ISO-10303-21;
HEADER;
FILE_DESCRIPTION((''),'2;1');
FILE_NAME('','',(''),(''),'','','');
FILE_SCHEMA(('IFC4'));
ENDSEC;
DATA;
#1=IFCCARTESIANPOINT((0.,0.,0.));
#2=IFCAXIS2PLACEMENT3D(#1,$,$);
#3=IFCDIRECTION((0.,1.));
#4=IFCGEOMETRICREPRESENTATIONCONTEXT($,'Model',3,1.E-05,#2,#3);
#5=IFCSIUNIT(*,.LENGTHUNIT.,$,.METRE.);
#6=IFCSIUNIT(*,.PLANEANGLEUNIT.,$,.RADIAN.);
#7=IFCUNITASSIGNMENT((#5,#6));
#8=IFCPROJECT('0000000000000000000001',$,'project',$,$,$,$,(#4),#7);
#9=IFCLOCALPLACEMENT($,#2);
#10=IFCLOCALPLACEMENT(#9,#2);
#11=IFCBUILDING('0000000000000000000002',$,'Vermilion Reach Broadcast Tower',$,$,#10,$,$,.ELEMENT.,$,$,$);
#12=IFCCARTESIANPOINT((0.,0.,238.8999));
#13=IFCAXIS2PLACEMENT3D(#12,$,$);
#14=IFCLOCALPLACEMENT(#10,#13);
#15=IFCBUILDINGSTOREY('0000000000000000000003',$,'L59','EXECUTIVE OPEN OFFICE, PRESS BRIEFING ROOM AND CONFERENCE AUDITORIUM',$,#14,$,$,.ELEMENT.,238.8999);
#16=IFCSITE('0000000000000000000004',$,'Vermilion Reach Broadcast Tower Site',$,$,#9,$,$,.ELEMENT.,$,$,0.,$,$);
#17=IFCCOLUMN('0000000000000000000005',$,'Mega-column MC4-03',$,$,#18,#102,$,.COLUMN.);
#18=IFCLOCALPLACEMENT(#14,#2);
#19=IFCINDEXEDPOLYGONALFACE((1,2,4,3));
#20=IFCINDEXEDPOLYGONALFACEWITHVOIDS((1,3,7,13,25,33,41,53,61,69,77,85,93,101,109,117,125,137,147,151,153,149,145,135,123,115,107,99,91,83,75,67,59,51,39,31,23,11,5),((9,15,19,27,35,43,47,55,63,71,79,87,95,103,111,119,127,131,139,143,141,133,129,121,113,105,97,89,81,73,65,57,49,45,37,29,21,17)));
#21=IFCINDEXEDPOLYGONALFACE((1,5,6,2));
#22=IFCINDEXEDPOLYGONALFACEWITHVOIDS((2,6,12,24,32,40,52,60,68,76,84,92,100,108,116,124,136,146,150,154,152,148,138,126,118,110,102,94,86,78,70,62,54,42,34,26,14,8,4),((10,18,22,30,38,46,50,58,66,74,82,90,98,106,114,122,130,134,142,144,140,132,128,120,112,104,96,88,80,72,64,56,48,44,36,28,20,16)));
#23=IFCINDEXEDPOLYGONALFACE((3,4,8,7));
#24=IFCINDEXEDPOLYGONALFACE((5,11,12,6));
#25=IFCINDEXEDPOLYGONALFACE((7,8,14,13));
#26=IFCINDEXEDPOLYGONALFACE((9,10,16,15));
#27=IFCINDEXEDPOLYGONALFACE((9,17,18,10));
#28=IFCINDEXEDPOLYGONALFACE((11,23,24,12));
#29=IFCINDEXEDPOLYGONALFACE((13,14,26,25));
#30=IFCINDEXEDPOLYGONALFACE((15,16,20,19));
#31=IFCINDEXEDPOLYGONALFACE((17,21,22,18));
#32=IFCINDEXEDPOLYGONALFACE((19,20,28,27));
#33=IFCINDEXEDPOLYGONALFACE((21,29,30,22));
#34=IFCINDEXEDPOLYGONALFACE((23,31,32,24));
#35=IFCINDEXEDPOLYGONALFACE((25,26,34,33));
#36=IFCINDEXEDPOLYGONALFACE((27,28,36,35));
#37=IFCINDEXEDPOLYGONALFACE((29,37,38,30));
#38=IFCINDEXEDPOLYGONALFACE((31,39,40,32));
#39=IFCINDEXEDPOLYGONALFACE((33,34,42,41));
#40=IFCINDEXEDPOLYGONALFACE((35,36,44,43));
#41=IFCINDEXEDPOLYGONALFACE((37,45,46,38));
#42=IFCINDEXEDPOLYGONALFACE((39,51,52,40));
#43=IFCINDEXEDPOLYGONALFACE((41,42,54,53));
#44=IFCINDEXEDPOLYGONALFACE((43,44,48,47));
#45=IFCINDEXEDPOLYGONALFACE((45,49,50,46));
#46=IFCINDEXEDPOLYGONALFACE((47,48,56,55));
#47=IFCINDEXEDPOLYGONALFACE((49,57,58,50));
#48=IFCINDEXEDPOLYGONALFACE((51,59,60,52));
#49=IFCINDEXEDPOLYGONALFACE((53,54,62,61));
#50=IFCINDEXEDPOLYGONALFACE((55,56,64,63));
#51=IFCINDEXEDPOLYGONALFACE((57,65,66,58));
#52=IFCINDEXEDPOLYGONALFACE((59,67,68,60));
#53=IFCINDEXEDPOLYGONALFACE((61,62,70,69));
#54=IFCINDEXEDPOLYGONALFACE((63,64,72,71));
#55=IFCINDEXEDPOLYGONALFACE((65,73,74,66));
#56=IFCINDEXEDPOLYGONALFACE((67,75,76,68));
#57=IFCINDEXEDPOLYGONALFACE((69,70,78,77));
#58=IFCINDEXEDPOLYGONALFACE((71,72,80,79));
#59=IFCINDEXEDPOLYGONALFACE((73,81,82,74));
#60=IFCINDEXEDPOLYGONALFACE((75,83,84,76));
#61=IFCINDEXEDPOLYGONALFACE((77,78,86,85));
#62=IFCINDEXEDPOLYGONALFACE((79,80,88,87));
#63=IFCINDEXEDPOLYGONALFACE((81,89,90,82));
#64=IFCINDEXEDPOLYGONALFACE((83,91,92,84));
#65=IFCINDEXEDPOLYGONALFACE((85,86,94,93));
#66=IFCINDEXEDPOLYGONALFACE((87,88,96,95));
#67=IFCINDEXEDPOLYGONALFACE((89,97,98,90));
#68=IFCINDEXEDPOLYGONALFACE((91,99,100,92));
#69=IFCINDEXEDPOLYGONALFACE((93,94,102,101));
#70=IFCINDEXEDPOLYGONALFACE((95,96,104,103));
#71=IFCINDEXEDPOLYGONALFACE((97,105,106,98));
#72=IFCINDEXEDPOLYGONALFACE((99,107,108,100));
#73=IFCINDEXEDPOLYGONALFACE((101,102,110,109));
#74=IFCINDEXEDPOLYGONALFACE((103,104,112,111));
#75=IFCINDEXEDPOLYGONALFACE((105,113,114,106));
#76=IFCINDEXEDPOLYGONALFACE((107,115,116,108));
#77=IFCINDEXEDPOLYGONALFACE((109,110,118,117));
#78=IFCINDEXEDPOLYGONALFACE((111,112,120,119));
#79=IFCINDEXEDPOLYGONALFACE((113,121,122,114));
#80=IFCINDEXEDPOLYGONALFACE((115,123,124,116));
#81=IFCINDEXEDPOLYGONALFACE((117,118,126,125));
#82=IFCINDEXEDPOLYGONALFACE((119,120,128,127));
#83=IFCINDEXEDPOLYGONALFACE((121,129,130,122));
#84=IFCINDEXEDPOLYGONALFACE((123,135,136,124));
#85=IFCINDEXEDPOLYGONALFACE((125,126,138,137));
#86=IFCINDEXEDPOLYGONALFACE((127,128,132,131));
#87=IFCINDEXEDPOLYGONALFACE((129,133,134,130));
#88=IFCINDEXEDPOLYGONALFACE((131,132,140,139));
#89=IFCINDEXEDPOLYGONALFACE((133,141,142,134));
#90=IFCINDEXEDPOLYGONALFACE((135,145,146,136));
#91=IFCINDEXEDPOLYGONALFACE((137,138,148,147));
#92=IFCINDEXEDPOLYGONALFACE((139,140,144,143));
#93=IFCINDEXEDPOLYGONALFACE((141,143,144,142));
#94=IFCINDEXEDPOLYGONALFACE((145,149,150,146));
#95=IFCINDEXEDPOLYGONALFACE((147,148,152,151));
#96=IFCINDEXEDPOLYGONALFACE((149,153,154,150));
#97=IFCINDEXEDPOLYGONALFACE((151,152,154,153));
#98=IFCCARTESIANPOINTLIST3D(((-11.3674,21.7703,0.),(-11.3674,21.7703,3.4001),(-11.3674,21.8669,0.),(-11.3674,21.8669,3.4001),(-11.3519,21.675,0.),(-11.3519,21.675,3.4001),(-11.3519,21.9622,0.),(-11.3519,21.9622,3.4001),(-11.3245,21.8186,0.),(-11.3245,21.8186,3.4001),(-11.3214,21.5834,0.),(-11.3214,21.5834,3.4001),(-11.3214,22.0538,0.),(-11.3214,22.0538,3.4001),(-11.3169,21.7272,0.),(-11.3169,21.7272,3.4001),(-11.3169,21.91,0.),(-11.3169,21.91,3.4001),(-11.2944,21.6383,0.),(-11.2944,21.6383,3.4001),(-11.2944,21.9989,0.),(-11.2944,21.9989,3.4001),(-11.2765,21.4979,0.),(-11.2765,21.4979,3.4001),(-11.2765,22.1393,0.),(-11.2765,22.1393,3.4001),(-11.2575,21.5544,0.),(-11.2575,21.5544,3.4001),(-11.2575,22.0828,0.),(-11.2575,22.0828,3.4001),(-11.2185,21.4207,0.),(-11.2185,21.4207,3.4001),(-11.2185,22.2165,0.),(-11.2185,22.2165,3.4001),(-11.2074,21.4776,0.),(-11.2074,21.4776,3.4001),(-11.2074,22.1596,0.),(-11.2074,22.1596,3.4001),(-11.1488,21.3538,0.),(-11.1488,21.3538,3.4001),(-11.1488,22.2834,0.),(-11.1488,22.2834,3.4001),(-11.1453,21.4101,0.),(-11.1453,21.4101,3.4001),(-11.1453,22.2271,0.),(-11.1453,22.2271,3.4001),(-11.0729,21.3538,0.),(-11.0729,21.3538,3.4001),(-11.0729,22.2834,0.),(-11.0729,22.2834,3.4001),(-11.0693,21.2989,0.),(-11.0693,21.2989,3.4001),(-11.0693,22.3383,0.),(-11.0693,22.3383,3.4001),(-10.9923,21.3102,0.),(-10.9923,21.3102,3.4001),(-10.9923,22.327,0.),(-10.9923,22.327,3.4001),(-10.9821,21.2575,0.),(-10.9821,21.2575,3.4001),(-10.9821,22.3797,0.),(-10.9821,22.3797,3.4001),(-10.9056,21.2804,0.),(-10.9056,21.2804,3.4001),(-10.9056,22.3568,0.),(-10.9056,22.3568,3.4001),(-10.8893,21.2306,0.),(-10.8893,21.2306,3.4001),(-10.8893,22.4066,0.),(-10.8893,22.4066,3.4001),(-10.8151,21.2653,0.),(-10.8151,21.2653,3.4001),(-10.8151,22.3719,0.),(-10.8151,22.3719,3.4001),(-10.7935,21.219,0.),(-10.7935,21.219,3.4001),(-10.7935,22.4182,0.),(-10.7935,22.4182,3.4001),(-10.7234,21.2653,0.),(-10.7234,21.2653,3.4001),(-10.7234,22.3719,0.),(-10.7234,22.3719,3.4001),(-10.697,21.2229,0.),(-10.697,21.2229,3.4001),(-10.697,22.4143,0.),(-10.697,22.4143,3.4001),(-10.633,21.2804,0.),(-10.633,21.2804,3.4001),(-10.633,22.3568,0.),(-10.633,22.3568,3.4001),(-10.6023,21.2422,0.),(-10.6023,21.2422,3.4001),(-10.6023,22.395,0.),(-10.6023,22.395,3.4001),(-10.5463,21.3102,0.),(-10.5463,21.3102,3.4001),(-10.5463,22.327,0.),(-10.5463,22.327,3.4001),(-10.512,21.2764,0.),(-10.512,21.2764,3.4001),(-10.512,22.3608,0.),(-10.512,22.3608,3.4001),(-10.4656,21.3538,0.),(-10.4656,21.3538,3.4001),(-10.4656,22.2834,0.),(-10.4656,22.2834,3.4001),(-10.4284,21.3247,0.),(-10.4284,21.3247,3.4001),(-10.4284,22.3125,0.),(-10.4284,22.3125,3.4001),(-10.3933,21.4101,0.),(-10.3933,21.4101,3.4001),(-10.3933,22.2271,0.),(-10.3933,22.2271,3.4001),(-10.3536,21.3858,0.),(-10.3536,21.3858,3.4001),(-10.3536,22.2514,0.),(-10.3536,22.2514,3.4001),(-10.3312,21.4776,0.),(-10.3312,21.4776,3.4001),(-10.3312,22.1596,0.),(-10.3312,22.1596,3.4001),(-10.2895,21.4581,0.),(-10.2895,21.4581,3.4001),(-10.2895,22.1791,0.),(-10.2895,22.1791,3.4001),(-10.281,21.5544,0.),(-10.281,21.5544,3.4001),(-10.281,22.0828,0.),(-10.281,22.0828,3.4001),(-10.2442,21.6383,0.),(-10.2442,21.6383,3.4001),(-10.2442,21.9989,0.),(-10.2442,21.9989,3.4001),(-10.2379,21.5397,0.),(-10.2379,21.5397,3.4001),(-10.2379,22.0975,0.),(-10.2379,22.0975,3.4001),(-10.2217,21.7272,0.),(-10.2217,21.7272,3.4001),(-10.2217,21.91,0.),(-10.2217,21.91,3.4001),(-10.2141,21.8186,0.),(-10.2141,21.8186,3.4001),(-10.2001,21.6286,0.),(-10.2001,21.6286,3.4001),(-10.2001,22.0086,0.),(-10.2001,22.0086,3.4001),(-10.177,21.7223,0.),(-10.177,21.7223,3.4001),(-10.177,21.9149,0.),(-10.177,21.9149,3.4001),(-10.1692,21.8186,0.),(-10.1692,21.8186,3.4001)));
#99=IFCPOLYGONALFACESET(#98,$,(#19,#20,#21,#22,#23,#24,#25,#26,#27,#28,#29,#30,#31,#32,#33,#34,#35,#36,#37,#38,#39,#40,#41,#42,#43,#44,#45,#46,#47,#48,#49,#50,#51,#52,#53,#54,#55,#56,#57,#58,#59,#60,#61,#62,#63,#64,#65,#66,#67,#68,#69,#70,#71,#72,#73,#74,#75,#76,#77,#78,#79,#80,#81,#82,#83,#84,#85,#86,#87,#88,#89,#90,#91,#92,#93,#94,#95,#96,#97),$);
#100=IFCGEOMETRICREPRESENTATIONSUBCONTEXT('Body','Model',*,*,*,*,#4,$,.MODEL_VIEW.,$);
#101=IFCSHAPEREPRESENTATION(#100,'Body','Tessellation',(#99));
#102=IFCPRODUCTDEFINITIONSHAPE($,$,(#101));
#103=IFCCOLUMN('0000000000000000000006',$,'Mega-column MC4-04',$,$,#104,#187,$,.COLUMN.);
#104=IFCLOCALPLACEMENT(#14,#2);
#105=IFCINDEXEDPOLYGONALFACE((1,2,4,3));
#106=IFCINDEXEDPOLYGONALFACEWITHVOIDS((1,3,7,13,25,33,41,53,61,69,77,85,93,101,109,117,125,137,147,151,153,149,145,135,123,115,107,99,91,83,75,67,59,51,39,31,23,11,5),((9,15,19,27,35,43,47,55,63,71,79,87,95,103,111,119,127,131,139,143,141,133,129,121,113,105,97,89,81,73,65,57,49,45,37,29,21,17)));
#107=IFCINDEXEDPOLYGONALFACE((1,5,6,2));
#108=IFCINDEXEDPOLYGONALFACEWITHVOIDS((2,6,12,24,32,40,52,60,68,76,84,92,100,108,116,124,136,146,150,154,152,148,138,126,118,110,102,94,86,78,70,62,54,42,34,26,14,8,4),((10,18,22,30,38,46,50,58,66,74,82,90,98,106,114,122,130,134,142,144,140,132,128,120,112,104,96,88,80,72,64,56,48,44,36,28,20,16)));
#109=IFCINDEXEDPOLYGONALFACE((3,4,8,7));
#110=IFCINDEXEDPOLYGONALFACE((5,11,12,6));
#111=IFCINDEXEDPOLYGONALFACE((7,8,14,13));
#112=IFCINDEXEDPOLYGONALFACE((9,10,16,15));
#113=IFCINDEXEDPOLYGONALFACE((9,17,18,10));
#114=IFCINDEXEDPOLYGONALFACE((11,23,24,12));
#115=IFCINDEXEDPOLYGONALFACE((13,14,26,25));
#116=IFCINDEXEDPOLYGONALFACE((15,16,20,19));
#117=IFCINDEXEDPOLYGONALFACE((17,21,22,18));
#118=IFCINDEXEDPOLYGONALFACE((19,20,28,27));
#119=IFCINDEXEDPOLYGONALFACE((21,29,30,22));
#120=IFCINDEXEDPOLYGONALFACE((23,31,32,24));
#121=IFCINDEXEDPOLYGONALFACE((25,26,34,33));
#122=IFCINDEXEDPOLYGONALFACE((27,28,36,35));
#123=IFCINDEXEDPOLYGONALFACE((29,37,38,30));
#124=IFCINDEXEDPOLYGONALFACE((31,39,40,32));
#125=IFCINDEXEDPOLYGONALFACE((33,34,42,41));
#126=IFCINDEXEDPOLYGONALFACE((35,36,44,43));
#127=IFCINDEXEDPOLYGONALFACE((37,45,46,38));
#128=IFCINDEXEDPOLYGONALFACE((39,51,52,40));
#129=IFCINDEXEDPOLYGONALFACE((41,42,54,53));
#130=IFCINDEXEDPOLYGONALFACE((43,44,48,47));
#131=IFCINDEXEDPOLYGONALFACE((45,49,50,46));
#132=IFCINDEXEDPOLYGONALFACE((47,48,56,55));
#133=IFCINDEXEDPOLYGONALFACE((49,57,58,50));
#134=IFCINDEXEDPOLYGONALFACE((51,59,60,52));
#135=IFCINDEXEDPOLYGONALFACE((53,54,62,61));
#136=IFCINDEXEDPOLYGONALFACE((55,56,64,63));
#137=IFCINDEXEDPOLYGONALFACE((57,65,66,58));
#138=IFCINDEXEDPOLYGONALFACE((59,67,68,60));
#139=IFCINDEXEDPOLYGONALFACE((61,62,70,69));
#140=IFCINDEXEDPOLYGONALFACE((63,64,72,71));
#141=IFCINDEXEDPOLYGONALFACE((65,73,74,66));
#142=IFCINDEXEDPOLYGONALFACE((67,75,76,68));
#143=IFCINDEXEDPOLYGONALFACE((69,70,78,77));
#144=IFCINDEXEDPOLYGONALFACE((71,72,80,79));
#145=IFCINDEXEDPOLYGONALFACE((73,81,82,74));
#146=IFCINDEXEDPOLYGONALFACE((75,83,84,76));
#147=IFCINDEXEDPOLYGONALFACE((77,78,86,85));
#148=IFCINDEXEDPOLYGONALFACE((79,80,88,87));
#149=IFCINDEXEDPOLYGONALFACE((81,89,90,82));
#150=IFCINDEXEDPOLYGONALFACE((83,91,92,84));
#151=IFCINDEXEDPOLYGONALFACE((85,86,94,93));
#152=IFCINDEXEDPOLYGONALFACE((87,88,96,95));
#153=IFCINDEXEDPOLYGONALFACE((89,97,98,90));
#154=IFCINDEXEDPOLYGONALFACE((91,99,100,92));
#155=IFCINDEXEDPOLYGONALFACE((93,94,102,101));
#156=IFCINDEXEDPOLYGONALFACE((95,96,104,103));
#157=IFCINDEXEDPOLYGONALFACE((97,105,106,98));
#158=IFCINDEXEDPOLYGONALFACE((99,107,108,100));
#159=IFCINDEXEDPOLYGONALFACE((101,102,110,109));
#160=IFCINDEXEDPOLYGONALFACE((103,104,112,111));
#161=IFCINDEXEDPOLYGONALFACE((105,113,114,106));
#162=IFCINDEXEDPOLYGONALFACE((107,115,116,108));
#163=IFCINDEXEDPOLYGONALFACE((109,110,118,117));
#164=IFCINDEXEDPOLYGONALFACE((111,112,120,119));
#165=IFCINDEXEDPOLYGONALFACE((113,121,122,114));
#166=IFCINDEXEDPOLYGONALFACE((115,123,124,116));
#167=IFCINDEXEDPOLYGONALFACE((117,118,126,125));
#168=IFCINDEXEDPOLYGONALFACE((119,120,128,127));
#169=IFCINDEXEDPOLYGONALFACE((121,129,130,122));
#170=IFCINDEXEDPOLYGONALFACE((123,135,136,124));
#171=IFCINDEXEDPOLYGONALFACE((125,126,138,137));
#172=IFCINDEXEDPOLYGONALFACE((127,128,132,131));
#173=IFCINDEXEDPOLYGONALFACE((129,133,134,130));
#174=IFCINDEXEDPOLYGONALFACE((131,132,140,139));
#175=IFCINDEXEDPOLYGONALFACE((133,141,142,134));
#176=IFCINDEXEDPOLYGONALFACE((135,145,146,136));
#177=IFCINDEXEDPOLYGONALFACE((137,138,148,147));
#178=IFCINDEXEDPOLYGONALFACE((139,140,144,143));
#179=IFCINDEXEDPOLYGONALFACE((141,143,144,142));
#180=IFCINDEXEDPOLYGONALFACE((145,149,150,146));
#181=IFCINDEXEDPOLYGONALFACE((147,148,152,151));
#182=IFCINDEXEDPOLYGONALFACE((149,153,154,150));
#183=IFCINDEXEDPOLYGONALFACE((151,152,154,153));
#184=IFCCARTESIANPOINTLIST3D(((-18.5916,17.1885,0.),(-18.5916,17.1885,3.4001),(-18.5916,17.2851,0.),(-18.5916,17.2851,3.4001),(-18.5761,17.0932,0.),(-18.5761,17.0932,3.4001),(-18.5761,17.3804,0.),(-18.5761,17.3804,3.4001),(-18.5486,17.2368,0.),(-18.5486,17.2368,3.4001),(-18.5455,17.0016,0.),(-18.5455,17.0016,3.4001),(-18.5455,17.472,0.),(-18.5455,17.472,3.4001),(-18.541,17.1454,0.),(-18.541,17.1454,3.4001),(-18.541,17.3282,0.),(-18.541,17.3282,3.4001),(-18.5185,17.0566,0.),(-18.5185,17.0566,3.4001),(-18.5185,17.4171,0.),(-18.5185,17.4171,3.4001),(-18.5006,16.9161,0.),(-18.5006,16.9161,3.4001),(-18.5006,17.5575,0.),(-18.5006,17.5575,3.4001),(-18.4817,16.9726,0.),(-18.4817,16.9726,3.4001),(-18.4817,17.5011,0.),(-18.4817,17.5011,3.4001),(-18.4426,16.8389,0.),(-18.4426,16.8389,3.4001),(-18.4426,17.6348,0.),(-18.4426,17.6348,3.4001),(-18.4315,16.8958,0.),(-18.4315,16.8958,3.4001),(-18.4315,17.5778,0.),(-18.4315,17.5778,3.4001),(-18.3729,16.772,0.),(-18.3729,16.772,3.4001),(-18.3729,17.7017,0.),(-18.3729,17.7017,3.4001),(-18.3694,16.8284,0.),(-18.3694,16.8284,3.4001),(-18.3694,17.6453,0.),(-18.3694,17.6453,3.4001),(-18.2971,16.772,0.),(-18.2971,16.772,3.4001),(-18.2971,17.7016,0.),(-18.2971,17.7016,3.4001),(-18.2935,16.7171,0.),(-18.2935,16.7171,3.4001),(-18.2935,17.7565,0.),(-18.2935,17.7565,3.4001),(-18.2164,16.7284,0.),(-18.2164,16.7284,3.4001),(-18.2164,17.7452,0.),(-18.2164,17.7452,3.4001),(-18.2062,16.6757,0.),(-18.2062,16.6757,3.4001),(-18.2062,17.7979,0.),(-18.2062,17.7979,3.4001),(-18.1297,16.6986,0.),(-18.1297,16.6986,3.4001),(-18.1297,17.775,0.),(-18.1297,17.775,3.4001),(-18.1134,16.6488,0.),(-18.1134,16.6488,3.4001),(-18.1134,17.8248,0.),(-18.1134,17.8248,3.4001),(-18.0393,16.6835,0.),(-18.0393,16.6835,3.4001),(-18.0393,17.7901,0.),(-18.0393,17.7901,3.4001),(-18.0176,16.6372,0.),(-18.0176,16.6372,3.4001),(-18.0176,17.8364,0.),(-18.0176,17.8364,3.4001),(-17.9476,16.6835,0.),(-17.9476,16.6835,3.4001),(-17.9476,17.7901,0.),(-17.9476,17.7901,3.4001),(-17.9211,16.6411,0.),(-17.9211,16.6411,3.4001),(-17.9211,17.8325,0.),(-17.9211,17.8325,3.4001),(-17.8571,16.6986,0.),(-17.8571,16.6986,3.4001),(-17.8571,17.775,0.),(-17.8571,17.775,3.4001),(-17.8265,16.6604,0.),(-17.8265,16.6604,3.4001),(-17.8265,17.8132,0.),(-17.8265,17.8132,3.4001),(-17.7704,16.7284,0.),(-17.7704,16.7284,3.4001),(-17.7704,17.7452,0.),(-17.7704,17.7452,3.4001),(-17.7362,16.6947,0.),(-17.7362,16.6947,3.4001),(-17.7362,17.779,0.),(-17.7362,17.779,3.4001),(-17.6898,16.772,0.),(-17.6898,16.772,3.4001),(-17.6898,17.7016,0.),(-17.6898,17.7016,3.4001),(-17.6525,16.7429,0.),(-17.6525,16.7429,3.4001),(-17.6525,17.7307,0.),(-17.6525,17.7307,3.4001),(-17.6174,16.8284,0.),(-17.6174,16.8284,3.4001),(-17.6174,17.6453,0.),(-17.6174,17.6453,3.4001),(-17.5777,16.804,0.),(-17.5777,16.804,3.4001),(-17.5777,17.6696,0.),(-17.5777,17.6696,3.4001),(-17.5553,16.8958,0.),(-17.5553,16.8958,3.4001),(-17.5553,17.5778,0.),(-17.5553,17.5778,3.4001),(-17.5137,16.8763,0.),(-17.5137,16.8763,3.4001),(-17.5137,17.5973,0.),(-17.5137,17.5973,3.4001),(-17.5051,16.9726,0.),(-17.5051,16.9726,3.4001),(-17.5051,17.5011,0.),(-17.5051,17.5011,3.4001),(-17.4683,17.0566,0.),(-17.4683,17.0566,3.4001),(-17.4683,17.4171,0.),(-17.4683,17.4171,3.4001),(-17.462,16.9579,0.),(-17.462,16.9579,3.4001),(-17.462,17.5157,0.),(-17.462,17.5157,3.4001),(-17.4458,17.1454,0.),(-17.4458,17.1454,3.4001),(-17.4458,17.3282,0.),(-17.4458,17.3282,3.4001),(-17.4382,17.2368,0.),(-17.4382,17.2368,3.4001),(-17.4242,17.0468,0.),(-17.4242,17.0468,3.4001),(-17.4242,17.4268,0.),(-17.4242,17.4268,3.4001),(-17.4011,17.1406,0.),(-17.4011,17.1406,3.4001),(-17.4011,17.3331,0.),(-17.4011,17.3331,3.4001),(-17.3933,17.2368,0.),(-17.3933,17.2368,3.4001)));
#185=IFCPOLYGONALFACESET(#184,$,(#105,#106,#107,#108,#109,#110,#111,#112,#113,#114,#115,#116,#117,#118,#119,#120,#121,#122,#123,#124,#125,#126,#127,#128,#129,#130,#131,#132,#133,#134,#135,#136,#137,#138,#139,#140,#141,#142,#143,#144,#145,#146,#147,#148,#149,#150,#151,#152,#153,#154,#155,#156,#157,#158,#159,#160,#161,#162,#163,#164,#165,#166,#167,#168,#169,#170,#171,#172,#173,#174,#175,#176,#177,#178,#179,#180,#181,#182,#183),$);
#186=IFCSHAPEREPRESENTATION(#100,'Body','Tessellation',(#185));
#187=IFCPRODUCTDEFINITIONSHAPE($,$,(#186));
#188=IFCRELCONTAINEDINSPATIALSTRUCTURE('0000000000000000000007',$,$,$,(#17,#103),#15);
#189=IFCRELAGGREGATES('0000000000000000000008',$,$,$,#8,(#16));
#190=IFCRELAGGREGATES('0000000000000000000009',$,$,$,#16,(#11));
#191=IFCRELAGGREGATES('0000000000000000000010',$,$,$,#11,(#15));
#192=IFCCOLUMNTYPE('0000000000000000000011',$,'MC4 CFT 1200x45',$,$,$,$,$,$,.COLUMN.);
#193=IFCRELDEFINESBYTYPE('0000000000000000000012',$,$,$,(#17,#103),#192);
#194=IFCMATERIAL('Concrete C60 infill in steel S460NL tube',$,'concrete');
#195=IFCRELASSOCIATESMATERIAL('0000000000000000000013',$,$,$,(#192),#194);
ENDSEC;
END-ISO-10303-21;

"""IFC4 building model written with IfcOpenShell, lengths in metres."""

from ifc_helpers import new_model, si_unit, direction, frame, origin, origin_2d, place, context, subcontext, project, spatial, hollow_circle, extrude, material, material_profile, profile_set, type_object, element, save


model = new_model("IFC4")

# Units and contexts
model_context = context("Model", 3, precision=1e-05, world=origin(), true_north=direction((0.0, 1.0)))
body_context = subcontext(model_context, "Body", "Model", "MODEL_VIEW")
ifc_project = project(units=[si_unit("LENGTHUNIT", "METRE"), si_unit("PLANEANGLEUNIT", "RADIAN")], contexts=[model_context])

# Site, building, storey
site_placement = place(None, origin())
site = spatial("IfcSite", under=ifc_project, at=site_placement, Name="Vermilion Reach Broadcast Tower Site", CompositionType="ELEMENT", RefElevation=0.0)
building_placement = place(site_placement, origin())
building = spatial("IfcBuilding", under=site, at=building_placement, Name="Vermilion Reach Broadcast Tower", CompositionType="ELEMENT")
storey_placement = place(building_placement, frame((0.0, 0.0, 238.8999)))
storey = spatial("IfcBuildingStorey", under=building, at=storey_placement, Name="L59", Description="EXECUTIVE OPEN OFFICE, PRESS BRIEFING ROOM AND CONFERENCE AUDITORIUM", CompositionType="ELEMENT", Elevation=238.8999)

# Columns
ifc_material_1 = material(Name="Concrete C60 infill in steel S460NL tube", Category="concrete")
ifc_material_profile_1 = material_profile(ifc_material_1, hollow_circle(Radius=0.6001, WallThickness=0.0449, at=origin_2d()), Name="Concrete C60 infill in steel S460NL tube CFT 1200x45")
ifc_profile_set_1 = profile_set([ifc_material_profile_1], Name="Concrete C60 infill in steel S460NL tube")
column_type = type_object("IfcColumnType", Name="MC4 CFT 1200x45", PredefinedType="COLUMN", material=ifc_profile_set_1)
for number, where, z_axis, x_axis, name in (
    (1, (-10.7693, 21.8186, 0.0), (0.0, 0.0, 1.0), (1.0, 0.0, 0.0), "Mega-column MC4-03"),
    (2, (-17.9934, 17.2368, 0.0), (0.0, 0.0, 1.0), (1.0, 0.0, 0.0), "Mega-column MC4-04"),
):
    element("IfcColumn", number, at=place(storey_placement, frame(where, z_axis=z_axis, x_axis=x_axis)), inside=storey, type_object=column_type, Name=name, PredefinedType="COLUMN", context=body_context, shape_type="SweptSolid", body=[
        extrude(hollow_circle(Radius=0.6001, WallThickness=0.0449, at=origin_2d()), origin(), (0.0, 0.0, 1.0), 3.4001),
    ])

save(model, "model.ifc")
